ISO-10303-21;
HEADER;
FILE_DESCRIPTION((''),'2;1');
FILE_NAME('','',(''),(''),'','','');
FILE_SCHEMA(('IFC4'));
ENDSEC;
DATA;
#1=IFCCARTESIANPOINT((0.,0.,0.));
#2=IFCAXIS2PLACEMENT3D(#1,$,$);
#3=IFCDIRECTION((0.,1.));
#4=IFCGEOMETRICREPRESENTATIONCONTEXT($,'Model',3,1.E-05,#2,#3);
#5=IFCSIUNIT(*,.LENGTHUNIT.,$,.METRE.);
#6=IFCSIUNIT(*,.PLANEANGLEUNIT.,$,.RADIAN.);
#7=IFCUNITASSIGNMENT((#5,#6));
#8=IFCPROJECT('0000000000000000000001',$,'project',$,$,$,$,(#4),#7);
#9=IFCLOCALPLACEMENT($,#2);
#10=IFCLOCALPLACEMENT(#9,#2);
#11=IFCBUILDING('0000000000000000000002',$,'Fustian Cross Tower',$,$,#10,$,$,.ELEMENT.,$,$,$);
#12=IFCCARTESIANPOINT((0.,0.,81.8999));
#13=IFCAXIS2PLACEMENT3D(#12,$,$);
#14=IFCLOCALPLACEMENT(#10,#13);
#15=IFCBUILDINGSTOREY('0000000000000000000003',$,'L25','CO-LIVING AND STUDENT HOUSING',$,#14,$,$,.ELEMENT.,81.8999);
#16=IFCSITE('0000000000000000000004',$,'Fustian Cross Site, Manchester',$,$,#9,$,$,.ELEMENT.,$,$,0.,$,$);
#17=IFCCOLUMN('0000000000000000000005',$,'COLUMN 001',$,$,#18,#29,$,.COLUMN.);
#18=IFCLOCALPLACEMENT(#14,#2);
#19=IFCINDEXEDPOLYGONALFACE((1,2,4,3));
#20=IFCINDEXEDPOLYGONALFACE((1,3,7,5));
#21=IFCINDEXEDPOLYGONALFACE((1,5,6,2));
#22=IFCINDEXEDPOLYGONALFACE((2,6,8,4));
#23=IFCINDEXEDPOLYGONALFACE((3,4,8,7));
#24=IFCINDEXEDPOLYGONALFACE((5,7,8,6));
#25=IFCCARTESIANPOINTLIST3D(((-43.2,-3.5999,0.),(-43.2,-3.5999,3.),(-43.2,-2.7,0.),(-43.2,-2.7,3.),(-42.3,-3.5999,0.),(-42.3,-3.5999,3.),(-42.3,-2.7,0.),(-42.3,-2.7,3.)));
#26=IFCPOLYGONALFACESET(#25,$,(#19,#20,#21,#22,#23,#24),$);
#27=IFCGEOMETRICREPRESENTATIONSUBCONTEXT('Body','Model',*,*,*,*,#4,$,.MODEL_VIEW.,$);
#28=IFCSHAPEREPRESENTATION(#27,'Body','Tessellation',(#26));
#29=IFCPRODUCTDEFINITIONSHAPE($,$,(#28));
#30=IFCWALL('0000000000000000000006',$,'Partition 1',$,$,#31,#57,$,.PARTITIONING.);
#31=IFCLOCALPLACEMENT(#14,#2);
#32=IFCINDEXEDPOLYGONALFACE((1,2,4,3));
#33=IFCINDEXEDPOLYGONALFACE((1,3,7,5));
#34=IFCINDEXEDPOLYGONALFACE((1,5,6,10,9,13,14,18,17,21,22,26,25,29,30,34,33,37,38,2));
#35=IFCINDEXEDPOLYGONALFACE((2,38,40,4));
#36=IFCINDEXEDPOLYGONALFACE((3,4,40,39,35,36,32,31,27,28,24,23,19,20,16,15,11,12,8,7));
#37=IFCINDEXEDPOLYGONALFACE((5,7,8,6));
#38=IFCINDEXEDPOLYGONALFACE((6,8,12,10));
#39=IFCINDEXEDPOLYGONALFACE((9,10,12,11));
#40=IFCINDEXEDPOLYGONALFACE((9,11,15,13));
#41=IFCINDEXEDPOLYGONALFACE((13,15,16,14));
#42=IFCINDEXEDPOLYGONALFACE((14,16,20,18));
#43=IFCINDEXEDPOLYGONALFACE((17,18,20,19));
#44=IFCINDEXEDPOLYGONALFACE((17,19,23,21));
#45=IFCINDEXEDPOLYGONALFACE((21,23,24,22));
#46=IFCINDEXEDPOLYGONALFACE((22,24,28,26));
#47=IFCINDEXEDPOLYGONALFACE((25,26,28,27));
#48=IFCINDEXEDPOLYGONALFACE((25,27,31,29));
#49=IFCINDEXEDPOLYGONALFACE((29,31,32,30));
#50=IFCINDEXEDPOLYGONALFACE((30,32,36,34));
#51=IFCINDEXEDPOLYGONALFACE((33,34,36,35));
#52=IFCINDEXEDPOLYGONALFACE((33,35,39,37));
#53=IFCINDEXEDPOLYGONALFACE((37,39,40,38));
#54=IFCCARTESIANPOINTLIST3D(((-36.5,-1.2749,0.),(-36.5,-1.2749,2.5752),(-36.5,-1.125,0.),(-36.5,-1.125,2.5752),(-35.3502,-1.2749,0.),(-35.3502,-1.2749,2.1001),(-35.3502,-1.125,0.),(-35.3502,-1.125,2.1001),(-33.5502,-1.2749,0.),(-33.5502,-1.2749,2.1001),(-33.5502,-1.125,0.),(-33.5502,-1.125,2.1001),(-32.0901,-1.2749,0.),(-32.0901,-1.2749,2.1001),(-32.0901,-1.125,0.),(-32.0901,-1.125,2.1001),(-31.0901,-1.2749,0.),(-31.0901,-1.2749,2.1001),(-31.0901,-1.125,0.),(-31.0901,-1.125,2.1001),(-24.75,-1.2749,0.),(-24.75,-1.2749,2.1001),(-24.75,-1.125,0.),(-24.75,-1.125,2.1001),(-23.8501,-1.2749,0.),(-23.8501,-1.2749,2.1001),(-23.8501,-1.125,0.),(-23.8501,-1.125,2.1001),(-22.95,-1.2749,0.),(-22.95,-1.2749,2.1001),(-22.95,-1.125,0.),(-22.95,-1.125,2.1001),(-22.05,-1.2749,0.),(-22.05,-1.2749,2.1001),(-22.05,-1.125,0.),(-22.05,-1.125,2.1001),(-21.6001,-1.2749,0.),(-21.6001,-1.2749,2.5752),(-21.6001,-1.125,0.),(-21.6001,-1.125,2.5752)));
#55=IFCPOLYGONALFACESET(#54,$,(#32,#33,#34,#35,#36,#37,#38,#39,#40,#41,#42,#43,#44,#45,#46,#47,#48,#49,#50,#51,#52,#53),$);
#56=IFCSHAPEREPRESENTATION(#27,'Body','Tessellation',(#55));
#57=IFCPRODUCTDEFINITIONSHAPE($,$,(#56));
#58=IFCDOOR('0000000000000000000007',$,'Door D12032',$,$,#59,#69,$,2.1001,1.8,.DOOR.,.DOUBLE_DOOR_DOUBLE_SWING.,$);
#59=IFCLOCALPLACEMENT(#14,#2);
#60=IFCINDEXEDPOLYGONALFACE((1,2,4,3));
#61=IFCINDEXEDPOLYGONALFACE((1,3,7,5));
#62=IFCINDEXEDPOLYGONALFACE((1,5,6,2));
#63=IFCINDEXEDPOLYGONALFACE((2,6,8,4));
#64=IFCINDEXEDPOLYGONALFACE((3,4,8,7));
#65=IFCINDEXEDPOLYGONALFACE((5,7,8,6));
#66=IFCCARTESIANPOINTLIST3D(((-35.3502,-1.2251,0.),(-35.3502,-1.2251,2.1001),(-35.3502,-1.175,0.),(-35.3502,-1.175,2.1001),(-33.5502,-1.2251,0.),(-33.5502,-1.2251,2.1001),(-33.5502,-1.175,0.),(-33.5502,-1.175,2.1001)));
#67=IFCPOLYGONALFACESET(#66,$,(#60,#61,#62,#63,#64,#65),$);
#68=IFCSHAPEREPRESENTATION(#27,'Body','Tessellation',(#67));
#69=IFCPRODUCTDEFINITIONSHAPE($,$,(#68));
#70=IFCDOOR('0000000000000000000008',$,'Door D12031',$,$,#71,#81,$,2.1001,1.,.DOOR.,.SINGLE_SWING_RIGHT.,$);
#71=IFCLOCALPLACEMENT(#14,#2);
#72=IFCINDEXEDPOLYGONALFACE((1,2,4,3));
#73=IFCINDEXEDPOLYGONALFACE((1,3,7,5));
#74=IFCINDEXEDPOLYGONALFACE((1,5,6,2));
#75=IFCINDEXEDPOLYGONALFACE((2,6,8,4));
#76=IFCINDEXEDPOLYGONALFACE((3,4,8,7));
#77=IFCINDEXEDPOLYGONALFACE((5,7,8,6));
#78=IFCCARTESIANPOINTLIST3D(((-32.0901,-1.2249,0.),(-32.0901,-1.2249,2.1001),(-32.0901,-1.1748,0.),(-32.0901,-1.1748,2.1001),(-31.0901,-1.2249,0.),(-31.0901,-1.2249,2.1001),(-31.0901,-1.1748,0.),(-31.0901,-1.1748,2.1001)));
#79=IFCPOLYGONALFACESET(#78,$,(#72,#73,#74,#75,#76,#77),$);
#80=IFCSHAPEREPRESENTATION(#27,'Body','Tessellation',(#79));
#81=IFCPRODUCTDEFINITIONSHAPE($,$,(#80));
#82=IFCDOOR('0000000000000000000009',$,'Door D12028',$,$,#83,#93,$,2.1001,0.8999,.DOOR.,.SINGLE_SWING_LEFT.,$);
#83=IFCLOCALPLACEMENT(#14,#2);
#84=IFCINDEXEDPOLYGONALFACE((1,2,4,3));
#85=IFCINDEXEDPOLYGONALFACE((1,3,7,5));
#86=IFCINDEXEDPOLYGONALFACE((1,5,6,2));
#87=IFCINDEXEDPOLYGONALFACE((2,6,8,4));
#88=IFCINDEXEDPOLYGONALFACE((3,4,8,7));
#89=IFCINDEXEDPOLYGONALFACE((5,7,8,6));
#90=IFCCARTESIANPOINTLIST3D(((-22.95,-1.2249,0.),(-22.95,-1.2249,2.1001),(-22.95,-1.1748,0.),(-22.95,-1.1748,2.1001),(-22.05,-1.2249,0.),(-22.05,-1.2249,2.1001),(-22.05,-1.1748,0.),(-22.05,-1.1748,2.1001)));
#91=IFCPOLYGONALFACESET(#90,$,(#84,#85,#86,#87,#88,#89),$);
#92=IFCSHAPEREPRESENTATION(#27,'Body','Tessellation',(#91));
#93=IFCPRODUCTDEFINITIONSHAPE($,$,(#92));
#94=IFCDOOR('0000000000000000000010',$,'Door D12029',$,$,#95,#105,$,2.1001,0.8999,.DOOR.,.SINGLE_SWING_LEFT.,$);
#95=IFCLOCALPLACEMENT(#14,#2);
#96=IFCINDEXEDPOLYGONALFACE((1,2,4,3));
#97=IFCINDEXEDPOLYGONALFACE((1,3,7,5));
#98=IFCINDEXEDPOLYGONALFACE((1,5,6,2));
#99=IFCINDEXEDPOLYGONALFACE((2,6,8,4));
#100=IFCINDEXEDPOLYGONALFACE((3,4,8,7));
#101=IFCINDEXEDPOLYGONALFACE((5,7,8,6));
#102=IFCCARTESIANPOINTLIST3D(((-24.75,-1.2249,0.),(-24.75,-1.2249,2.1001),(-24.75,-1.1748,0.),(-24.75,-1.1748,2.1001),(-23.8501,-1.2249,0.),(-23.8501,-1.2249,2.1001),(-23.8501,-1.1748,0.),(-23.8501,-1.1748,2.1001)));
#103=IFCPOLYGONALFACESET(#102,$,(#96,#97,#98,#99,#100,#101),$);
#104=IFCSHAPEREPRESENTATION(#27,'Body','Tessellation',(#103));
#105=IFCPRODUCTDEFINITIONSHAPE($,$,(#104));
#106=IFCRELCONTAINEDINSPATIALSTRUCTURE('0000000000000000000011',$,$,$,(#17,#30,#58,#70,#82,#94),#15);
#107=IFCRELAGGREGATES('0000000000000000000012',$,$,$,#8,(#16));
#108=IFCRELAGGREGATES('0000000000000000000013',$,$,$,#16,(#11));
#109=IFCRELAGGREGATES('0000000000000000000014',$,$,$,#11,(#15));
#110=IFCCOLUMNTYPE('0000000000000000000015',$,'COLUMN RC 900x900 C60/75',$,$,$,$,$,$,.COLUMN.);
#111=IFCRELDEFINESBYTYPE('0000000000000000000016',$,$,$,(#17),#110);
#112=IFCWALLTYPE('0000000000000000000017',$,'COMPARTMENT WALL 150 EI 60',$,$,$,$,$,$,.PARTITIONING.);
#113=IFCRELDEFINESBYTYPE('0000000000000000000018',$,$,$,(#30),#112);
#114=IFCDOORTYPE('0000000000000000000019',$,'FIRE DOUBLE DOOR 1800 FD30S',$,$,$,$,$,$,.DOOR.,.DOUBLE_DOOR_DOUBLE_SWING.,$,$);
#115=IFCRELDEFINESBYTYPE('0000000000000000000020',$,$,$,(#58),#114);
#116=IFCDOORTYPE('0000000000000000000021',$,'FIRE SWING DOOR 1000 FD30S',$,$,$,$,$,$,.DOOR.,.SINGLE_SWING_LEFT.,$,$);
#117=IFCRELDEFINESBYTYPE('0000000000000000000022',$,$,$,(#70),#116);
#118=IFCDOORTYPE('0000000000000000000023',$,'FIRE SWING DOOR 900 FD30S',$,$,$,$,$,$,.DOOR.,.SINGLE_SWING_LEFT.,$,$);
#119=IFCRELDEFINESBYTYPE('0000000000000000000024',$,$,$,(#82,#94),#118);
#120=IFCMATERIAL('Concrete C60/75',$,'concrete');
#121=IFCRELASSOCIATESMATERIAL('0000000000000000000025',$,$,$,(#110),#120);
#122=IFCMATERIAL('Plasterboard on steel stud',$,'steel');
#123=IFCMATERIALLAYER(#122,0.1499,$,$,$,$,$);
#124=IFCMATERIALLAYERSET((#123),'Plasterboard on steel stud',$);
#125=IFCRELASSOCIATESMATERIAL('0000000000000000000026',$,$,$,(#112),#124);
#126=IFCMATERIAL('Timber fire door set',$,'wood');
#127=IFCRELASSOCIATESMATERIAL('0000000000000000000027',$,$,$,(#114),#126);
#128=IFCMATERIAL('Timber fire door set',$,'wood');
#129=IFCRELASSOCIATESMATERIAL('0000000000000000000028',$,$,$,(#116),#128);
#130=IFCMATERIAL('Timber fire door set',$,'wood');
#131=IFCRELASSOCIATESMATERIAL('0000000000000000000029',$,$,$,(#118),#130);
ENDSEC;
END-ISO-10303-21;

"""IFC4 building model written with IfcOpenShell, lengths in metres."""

from ifc_helpers import new_model, si_unit, direction, frame, frame_2d, origin, origin_2d, place, context, subcontext, project, spatial, rectangle, extrude, material, layer, layer_set, material_profile, profile_set, type_object, element, fill, save


model = new_model("IFC4")

# Units and contexts
model_context = context("Model", 3, precision=1e-05, world=origin(), true_north=direction((0.0, 1.0)))
body_context = subcontext(model_context, "Body", "Model", "MODEL_VIEW")
ifc_project = project(units=[si_unit("LENGTHUNIT", "METRE"), si_unit("PLANEANGLEUNIT", "RADIAN")], contexts=[model_context])

# Site, building, storey
site_placement = place(None, origin())
site = spatial("IfcSite", under=ifc_project, at=site_placement, Name="Fustian Cross Site, Manchester", CompositionType="ELEMENT", RefElevation=0.0)
building_placement = place(site_placement, origin())
building = spatial("IfcBuilding", under=site, at=building_placement, Name="Fustian Cross Tower", CompositionType="ELEMENT")
storey_placement = place(building_placement, frame((0.0, 0.0, 81.8999)))
storey = spatial("IfcBuildingStorey", under=building, at=storey_placement, Name="L25", Description="CO-LIVING AND STUDENT HOUSING", CompositionType="ELEMENT", Elevation=81.8999)

# Column
ifc_material_1 = material(Name="Concrete C60/75", Category="concrete")
ifc_material_profile = material_profile(ifc_material_1, rectangle(XDim=0.8999, YDim=0.8999, at=origin_2d()), Name="RC 900x900")
ifc_profile_set = profile_set([ifc_material_profile], Name="Concrete C60/75")
column_type = type_object("IfcColumnType", Name="COLUMN RC 900x900 C60/75", PredefinedType="COLUMN", material=ifc_profile_set)
column_placement = place(storey_placement, frame((-42.75, -3.1499, 0.0), z_axis=(0.0, 0.0, 1.0), x_axis=(1.0, 0.0, 0.0)))
element("IfcColumn", 1, at=column_placement, inside=storey, type_object=column_type, Name="COLUMN 001", PredefinedType="COLUMN", context=body_context, shape_type="SweptSolid", body=[
    extrude(rectangle(XDim=0.8999, YDim=0.8999, at=origin_2d()), origin(), (0.0, 0.0, 1.0), 3.0),
])

# Wall, openings, doors
ifc_material_2 = material(Name="Plasterboard on steel stud", Category="steel")
ifc_layer_1 = layer(ifc_material_2, 0.1499)
ifc_layer_set_1 = layer_set([ifc_layer_1], Name="Plasterboard on steel stud")
wall_type_1 = type_object("IfcWallType", Name="COMPARTMENT WALL 150 EI 60", PredefinedType="PARTITIONING", material=ifc_layer_set_1)
wall_1_placement = place(storey_placement, frame((-36.5, -1.2, 0.0), z_axis=(0.0, 0.0, 1.0), x_axis=(1.0, 0.0, 0.0)))
wall_1 = element("IfcWall", 2, at=wall_1_placement, inside=storey, type_object=wall_type_1, Name="Partition 1", PredefinedType="PARTITIONING", context=body_context, shape_type="SweptSolid", body=[
    extrude(rectangle(XDim=14.8999, YDim=0.1499, at=frame_2d((7.45, 0.0))), origin(), (0.0, 0.0, 1.0), 2.5752),
])
opening_1_placement = place(wall_1_placement, frame((13.55, 0.0, 0.0)))
opening_1 = element("IfcOpeningElement", 3, at=opening_1_placement, cuts=wall_1, PredefinedType="OPENING", context=body_context, shape_type="SweptSolid", body=[
    extrude(rectangle(XDim=0.8999, YDim=2.1001, at=frame_2d((0.45, 1.05))), frame((0.0, 0.085, 0.0), z_axis=(0.0, -1.0, 0.0), x_axis=(1.0, 0.0, 0.0)), (0.0, 0.0, 1.0), 0.1699),
])
opening_2_placement = place(wall_1_placement, frame((11.75, 0.0, 0.0)))
opening_2 = element("IfcOpeningElement", 4, at=opening_2_placement, cuts=wall_1, PredefinedType="OPENING", context=body_context, shape_type="SweptSolid", body=[
    extrude(rectangle(XDim=0.8999, YDim=2.1001, at=frame_2d((0.45, 1.05))), frame((0.0, 0.085, 0.0), z_axis=(0.0, -1.0, 0.0), x_axis=(1.0, 0.0, 0.0)), (0.0, 0.0, 1.0), 0.1699),
])
opening_3_placement = place(wall_1_placement, frame((4.4099, 0.0, 0.0)))
opening_3 = element("IfcOpeningElement", 5, at=opening_3_placement, cuts=wall_1, PredefinedType="OPENING", context=body_context, shape_type="SweptSolid", body=[
    extrude(rectangle(XDim=1.0, YDim=2.1001, at=frame_2d((0.5, 1.05))), frame((0.0, 0.085, 0.0), z_axis=(0.0, -1.0, 0.0), x_axis=(1.0, 0.0, 0.0)), (0.0, 0.0, 1.0), 0.1699),
])
opening_4_placement = place(wall_1_placement, frame((1.1499, 0.0, 0.0)))
opening_4 = element("IfcOpeningElement", 6, at=opening_4_placement, cuts=wall_1, PredefinedType="OPENING", context=body_context, shape_type="SweptSolid", body=[
    extrude(rectangle(XDim=1.8, YDim=2.1001, at=frame_2d((0.8999, 1.05))), frame((0.0, 0.085, 0.0), z_axis=(0.0, -1.0, 0.0), x_axis=(1.0, 0.0, 0.0)), (0.0, 0.0, 1.0), 0.1699),
])
ifc_material_3 = material(Name="Timber fire door set", Category="wood")
door_type_1 = type_object("IfcDoorType", Name="FIRE DOUBLE DOOR 1800 FD30S", OperationType="DOUBLE_DOOR_DOUBLE_SWING", PredefinedType="DOOR", material=ifc_material_3)
door_1_placement = place(opening_4_placement, origin())
door_1 = element("IfcDoor", 7, at=door_1_placement, inside=storey, type_object=door_type_1, Name="Door D12032", OperationType="DOUBLE_DOOR_DOUBLE_SWING", OverallHeight=2.1001, OverallWidth=1.8, PredefinedType="DOOR", context=body_context, shape_type="SweptSolid", body=[
    extrude(rectangle(XDim=1.8, YDim=2.1001, at=frame_2d((0.8999, 1.05))), frame((0.0, 0.0249, 0.0), z_axis=(0.0, -1.0, 0.0), x_axis=(1.0, 0.0, 0.0)), (0.0, 0.0, 1.0), 0.05),
])
fill(opening_4, door_1)
ifc_material_4 = material(Name="Timber fire door set", Category="wood")
door_type_2 = type_object("IfcDoorType", Name="FIRE SWING DOOR 1000 FD30S", OperationType="SINGLE_SWING_LEFT", PredefinedType="DOOR", material=ifc_material_4)
door_2_placement = place(opening_3_placement, frame((1.0, 0.0, 0.0), z_axis=(0.0, 0.0, 1.0), x_axis=(-1.0, 0.0, 0.0)))
door_2 = element("IfcDoor", 8, at=door_2_placement, inside=storey, type_object=door_type_2, Name="Door D12031", OperationType="SINGLE_SWING_RIGHT", OverallHeight=2.1001, OverallWidth=1.0, PredefinedType="DOOR", context=body_context, shape_type="SweptSolid", body=[
    extrude(rectangle(XDim=1.0, YDim=2.1001, at=frame_2d((0.5, 1.05))), frame((0.0, 0.0249, 0.0), z_axis=(0.0, -1.0, 0.0), x_axis=(1.0, 0.0, 0.0)), (0.0, 0.0, 1.0), 0.05),
])
fill(opening_3, door_2)
ifc_material_5 = material(Name="Timber fire door set", Category="wood")
door_type_3 = type_object("IfcDoorType", Name="FIRE SWING DOOR 900 FD30S", OperationType="SINGLE_SWING_LEFT", PredefinedType="DOOR", material=ifc_material_5)
door_3_placement = place(opening_1_placement, frame((0.8999, 0.0, 0.0), z_axis=(0.0, 0.0, 1.0), x_axis=(-1.0, 0.0, 0.0)))
door_3 = element("IfcDoor", 9, at=door_3_placement, inside=storey, type_object=door_type_3, Name="Door D12028", OperationType="SINGLE_SWING_LEFT", OverallHeight=2.1001, OverallWidth=0.8999, PredefinedType="DOOR", context=body_context, shape_type="SweptSolid", body=[
    extrude(rectangle(XDim=0.8999, YDim=2.1001, at=frame_2d((0.45, 1.05))), frame((0.0, 0.0249, 0.0), z_axis=(0.0, -1.0, 0.0), x_axis=(1.0, 0.0, 0.0)), (0.0, 0.0, 1.0), 0.05),
])
fill(opening_1, door_3)
door_4_placement = place(opening_2_placement, frame((0.8999, 0.0, 0.0), z_axis=(0.0, 0.0, 1.0), x_axis=(-1.0, 0.0, 0.0)))
door_4 = element("IfcDoor", 10, at=door_4_placement, inside=storey, type_object=door_type_3, Name="Door D12029", OperationType="SINGLE_SWING_LEFT", OverallHeight=2.1001, OverallWidth=0.8999, PredefinedType="DOOR", context=body_context, shape_type="SweptSolid", body=[
    extrude(rectangle(XDim=0.8999, YDim=2.1001, at=frame_2d((0.45, 1.05))), frame((0.0, 0.0249, 0.0), z_axis=(0.0, -1.0, 0.0), x_axis=(1.0, 0.0, 0.0)), (0.0, 0.0, 1.0), 0.05),
])
fill(opening_2, door_4)

save(model, "model.ifc")
